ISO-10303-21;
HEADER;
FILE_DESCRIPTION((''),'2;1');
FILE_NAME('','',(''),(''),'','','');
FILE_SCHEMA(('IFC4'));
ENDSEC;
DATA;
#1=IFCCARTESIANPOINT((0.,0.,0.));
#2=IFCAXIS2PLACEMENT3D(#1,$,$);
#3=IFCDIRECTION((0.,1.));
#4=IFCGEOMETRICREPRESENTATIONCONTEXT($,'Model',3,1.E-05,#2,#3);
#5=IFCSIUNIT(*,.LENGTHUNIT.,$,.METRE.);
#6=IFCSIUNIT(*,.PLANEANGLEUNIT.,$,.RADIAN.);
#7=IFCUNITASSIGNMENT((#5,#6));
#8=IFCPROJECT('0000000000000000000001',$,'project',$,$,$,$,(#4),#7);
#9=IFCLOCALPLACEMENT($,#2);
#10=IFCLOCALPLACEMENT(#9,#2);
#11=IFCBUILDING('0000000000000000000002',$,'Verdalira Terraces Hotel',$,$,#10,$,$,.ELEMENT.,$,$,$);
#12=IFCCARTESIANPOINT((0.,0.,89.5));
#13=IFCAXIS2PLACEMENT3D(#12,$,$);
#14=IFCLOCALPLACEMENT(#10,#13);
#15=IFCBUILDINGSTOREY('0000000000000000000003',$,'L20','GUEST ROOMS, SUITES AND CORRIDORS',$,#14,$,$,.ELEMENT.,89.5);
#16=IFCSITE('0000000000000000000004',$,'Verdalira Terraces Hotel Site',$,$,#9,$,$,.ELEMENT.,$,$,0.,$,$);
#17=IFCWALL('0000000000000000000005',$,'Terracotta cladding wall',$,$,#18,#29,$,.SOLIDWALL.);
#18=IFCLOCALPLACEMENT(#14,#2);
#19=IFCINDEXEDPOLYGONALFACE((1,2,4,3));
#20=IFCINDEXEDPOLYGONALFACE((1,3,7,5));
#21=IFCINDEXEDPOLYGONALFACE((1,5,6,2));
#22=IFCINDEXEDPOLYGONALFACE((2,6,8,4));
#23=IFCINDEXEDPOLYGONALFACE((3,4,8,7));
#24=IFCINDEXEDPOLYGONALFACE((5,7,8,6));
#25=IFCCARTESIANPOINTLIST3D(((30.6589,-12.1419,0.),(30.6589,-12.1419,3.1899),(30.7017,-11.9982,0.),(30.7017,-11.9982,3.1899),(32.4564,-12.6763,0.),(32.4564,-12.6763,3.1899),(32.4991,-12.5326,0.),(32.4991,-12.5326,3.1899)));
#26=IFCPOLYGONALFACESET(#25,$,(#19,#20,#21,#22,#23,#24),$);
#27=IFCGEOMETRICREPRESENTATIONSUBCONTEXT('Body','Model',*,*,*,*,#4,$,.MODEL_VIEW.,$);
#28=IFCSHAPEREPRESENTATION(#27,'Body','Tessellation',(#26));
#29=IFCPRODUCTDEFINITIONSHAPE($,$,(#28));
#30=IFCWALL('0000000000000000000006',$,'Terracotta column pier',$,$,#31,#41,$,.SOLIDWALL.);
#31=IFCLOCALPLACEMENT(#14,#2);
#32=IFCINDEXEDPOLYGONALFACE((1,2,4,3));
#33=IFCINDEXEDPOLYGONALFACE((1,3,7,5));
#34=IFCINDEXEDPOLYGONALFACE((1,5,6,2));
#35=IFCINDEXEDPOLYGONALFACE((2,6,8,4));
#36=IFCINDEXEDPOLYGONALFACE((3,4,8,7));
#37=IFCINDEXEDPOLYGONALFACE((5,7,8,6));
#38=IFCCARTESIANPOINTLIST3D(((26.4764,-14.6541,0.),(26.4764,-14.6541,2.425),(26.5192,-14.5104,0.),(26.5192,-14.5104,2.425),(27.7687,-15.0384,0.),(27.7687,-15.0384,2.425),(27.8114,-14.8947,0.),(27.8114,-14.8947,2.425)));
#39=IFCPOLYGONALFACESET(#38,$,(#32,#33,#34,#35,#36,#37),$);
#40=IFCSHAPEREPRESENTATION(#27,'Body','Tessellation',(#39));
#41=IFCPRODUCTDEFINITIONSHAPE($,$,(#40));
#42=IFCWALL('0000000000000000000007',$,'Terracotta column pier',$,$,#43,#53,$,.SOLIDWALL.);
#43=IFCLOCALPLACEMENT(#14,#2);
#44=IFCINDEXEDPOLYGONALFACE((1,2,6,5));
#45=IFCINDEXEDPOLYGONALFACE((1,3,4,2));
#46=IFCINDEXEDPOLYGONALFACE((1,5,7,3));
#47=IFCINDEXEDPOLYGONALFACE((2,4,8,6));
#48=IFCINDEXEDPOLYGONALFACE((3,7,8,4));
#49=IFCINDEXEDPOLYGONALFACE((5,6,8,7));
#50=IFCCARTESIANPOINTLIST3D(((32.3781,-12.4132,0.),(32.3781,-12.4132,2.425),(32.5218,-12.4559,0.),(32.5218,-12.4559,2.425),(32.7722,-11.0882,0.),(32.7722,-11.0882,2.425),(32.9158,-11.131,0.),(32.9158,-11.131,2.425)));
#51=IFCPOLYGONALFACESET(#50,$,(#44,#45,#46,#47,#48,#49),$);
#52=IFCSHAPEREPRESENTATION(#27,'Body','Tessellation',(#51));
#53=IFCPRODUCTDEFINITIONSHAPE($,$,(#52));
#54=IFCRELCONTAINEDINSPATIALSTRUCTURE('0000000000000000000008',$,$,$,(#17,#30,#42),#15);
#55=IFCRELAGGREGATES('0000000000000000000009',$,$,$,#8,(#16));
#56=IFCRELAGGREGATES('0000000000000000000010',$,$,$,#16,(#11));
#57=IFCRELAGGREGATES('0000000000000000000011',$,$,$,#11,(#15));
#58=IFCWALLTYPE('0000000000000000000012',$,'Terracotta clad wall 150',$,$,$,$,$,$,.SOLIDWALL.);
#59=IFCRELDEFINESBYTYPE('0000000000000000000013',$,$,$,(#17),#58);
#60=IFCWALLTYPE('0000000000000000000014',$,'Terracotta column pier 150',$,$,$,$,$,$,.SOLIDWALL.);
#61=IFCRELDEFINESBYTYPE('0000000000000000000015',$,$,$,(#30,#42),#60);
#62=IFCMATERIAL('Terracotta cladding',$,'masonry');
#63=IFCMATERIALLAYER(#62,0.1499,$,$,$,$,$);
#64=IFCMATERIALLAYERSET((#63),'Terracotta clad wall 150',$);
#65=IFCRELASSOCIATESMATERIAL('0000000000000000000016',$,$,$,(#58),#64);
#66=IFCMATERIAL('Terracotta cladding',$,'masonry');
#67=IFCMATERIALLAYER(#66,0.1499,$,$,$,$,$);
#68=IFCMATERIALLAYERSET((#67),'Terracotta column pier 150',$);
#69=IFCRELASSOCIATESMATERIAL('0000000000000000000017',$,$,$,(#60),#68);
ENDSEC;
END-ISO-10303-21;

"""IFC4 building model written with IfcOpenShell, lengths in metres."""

from ifc_helpers import new_model, si_unit, direction, frame, frame_2d, origin, place, context, subcontext, project, spatial, rectangle, extrude, material, layer, layer_set, type_object, element, save


model = new_model("IFC4")

# Units and contexts
model_context = context("Model", 3, precision=1e-05, world=origin(), true_north=direction((0.0, 1.0)))
body_context = subcontext(model_context, "Body", "Model", "MODEL_VIEW")
ifc_project = project(units=[si_unit("LENGTHUNIT", "METRE"), si_unit("PLANEANGLEUNIT", "RADIAN")], contexts=[model_context])

# Site, building, storey
site_placement = place(None, origin())
site = spatial("IfcSite", under=ifc_project, at=site_placement, Name="Verdalira Terraces Hotel Site", CompositionType="ELEMENT", RefElevation=0.0)
building_placement = place(site_placement, origin())
building = spatial("IfcBuilding", under=site, at=building_placement, Name="Verdalira Terraces Hotel", CompositionType="ELEMENT")
storey_placement = place(building_placement, frame((0.0, 0.0, 89.5)))
storey = spatial("IfcBuildingStorey", under=building, at=storey_placement, Name="L20", Description="GUEST ROOMS, SUITES AND CORRIDORS", CompositionType="ELEMENT", Elevation=89.5)

# Walls
ifc_material_1 = material(Name="Terracotta cladding", Category="masonry")
ifc_layer_1 = layer(ifc_material_1, 0.1499)
ifc_layer_set_1 = layer_set([ifc_layer_1], Name="Terracotta clad wall 150")
wall_type_1 = type_object("IfcWallType", Name="Terracotta clad wall 150", PredefinedType="SOLIDWALL", material=ifc_layer_set_1)
for number, where, z_axis, x_axis, name in (
    (1, (30.6804, -12.0701, 0.0), (0.0, 0.0, 1.0), (0.958526, -0.285006, 0.0), "Terracotta cladding wall"),
):
    element("IfcWall", number, at=place(storey_placement, frame(where, z_axis=z_axis, x_axis=x_axis)), inside=storey, type_object=wall_type_1, Name=name, PredefinedType="SOLIDWALL", context=body_context, shape_type="SweptSolid", body=[
        extrude(rectangle(XDim=1.8752, YDim=0.1499, at=frame_2d((0.9375, 0.0))), origin(), (0.0, 0.0, 1.0), 3.1899),
    ])
ifc_material_2 = material(Name="Terracotta cladding", Category="masonry")
ifc_layer_2 = layer(ifc_material_2, 0.1499)
ifc_layer_set_2 = layer_set([ifc_layer_2], Name="Terracotta column pier 150")
wall_type_2 = type_object("IfcWallType", Name="Terracotta column pier 150", PredefinedType="SOLIDWALL", material=ifc_layer_set_2)
wall_1_placement = place(storey_placement, frame((26.4978, -14.5823, 0.0), z_axis=(0.0, 0.0, 1.0), x_axis=(0.958516, -0.285038, 0.0)))
element("IfcWall", 2, at=wall_1_placement, inside=storey, type_object=wall_type_2, Name="Terracotta column pier", PredefinedType="SOLIDWALL", context=body_context, shape_type="SweptSolid", body=[
    extrude(rectangle(XDim=1.3481, YDim=0.1499, at=frame_2d((0.6741, 0.0))), origin(), (0.0, 0.0, 1.0), 2.425),
])
wall_2_placement = place(storey_placement, frame((32.45, -12.4346, 0.0), z_axis=(0.0, 0.0, 1.0), x_axis=(0.285062, 0.958509, 0.0)))
element("IfcWall", 3, at=wall_2_placement, inside=storey, type_object=wall_type_2, Name="Terracotta column pier", PredefinedType="SOLIDWALL", context=body_context, shape_type="SweptSolid", body=[
    extrude(rectangle(XDim=1.3823, YDim=0.1499, at=frame_2d((0.6912, 0.0))), origin(), (0.0, 0.0, 1.0), 2.425),
])

save(model, "model.ifc")
